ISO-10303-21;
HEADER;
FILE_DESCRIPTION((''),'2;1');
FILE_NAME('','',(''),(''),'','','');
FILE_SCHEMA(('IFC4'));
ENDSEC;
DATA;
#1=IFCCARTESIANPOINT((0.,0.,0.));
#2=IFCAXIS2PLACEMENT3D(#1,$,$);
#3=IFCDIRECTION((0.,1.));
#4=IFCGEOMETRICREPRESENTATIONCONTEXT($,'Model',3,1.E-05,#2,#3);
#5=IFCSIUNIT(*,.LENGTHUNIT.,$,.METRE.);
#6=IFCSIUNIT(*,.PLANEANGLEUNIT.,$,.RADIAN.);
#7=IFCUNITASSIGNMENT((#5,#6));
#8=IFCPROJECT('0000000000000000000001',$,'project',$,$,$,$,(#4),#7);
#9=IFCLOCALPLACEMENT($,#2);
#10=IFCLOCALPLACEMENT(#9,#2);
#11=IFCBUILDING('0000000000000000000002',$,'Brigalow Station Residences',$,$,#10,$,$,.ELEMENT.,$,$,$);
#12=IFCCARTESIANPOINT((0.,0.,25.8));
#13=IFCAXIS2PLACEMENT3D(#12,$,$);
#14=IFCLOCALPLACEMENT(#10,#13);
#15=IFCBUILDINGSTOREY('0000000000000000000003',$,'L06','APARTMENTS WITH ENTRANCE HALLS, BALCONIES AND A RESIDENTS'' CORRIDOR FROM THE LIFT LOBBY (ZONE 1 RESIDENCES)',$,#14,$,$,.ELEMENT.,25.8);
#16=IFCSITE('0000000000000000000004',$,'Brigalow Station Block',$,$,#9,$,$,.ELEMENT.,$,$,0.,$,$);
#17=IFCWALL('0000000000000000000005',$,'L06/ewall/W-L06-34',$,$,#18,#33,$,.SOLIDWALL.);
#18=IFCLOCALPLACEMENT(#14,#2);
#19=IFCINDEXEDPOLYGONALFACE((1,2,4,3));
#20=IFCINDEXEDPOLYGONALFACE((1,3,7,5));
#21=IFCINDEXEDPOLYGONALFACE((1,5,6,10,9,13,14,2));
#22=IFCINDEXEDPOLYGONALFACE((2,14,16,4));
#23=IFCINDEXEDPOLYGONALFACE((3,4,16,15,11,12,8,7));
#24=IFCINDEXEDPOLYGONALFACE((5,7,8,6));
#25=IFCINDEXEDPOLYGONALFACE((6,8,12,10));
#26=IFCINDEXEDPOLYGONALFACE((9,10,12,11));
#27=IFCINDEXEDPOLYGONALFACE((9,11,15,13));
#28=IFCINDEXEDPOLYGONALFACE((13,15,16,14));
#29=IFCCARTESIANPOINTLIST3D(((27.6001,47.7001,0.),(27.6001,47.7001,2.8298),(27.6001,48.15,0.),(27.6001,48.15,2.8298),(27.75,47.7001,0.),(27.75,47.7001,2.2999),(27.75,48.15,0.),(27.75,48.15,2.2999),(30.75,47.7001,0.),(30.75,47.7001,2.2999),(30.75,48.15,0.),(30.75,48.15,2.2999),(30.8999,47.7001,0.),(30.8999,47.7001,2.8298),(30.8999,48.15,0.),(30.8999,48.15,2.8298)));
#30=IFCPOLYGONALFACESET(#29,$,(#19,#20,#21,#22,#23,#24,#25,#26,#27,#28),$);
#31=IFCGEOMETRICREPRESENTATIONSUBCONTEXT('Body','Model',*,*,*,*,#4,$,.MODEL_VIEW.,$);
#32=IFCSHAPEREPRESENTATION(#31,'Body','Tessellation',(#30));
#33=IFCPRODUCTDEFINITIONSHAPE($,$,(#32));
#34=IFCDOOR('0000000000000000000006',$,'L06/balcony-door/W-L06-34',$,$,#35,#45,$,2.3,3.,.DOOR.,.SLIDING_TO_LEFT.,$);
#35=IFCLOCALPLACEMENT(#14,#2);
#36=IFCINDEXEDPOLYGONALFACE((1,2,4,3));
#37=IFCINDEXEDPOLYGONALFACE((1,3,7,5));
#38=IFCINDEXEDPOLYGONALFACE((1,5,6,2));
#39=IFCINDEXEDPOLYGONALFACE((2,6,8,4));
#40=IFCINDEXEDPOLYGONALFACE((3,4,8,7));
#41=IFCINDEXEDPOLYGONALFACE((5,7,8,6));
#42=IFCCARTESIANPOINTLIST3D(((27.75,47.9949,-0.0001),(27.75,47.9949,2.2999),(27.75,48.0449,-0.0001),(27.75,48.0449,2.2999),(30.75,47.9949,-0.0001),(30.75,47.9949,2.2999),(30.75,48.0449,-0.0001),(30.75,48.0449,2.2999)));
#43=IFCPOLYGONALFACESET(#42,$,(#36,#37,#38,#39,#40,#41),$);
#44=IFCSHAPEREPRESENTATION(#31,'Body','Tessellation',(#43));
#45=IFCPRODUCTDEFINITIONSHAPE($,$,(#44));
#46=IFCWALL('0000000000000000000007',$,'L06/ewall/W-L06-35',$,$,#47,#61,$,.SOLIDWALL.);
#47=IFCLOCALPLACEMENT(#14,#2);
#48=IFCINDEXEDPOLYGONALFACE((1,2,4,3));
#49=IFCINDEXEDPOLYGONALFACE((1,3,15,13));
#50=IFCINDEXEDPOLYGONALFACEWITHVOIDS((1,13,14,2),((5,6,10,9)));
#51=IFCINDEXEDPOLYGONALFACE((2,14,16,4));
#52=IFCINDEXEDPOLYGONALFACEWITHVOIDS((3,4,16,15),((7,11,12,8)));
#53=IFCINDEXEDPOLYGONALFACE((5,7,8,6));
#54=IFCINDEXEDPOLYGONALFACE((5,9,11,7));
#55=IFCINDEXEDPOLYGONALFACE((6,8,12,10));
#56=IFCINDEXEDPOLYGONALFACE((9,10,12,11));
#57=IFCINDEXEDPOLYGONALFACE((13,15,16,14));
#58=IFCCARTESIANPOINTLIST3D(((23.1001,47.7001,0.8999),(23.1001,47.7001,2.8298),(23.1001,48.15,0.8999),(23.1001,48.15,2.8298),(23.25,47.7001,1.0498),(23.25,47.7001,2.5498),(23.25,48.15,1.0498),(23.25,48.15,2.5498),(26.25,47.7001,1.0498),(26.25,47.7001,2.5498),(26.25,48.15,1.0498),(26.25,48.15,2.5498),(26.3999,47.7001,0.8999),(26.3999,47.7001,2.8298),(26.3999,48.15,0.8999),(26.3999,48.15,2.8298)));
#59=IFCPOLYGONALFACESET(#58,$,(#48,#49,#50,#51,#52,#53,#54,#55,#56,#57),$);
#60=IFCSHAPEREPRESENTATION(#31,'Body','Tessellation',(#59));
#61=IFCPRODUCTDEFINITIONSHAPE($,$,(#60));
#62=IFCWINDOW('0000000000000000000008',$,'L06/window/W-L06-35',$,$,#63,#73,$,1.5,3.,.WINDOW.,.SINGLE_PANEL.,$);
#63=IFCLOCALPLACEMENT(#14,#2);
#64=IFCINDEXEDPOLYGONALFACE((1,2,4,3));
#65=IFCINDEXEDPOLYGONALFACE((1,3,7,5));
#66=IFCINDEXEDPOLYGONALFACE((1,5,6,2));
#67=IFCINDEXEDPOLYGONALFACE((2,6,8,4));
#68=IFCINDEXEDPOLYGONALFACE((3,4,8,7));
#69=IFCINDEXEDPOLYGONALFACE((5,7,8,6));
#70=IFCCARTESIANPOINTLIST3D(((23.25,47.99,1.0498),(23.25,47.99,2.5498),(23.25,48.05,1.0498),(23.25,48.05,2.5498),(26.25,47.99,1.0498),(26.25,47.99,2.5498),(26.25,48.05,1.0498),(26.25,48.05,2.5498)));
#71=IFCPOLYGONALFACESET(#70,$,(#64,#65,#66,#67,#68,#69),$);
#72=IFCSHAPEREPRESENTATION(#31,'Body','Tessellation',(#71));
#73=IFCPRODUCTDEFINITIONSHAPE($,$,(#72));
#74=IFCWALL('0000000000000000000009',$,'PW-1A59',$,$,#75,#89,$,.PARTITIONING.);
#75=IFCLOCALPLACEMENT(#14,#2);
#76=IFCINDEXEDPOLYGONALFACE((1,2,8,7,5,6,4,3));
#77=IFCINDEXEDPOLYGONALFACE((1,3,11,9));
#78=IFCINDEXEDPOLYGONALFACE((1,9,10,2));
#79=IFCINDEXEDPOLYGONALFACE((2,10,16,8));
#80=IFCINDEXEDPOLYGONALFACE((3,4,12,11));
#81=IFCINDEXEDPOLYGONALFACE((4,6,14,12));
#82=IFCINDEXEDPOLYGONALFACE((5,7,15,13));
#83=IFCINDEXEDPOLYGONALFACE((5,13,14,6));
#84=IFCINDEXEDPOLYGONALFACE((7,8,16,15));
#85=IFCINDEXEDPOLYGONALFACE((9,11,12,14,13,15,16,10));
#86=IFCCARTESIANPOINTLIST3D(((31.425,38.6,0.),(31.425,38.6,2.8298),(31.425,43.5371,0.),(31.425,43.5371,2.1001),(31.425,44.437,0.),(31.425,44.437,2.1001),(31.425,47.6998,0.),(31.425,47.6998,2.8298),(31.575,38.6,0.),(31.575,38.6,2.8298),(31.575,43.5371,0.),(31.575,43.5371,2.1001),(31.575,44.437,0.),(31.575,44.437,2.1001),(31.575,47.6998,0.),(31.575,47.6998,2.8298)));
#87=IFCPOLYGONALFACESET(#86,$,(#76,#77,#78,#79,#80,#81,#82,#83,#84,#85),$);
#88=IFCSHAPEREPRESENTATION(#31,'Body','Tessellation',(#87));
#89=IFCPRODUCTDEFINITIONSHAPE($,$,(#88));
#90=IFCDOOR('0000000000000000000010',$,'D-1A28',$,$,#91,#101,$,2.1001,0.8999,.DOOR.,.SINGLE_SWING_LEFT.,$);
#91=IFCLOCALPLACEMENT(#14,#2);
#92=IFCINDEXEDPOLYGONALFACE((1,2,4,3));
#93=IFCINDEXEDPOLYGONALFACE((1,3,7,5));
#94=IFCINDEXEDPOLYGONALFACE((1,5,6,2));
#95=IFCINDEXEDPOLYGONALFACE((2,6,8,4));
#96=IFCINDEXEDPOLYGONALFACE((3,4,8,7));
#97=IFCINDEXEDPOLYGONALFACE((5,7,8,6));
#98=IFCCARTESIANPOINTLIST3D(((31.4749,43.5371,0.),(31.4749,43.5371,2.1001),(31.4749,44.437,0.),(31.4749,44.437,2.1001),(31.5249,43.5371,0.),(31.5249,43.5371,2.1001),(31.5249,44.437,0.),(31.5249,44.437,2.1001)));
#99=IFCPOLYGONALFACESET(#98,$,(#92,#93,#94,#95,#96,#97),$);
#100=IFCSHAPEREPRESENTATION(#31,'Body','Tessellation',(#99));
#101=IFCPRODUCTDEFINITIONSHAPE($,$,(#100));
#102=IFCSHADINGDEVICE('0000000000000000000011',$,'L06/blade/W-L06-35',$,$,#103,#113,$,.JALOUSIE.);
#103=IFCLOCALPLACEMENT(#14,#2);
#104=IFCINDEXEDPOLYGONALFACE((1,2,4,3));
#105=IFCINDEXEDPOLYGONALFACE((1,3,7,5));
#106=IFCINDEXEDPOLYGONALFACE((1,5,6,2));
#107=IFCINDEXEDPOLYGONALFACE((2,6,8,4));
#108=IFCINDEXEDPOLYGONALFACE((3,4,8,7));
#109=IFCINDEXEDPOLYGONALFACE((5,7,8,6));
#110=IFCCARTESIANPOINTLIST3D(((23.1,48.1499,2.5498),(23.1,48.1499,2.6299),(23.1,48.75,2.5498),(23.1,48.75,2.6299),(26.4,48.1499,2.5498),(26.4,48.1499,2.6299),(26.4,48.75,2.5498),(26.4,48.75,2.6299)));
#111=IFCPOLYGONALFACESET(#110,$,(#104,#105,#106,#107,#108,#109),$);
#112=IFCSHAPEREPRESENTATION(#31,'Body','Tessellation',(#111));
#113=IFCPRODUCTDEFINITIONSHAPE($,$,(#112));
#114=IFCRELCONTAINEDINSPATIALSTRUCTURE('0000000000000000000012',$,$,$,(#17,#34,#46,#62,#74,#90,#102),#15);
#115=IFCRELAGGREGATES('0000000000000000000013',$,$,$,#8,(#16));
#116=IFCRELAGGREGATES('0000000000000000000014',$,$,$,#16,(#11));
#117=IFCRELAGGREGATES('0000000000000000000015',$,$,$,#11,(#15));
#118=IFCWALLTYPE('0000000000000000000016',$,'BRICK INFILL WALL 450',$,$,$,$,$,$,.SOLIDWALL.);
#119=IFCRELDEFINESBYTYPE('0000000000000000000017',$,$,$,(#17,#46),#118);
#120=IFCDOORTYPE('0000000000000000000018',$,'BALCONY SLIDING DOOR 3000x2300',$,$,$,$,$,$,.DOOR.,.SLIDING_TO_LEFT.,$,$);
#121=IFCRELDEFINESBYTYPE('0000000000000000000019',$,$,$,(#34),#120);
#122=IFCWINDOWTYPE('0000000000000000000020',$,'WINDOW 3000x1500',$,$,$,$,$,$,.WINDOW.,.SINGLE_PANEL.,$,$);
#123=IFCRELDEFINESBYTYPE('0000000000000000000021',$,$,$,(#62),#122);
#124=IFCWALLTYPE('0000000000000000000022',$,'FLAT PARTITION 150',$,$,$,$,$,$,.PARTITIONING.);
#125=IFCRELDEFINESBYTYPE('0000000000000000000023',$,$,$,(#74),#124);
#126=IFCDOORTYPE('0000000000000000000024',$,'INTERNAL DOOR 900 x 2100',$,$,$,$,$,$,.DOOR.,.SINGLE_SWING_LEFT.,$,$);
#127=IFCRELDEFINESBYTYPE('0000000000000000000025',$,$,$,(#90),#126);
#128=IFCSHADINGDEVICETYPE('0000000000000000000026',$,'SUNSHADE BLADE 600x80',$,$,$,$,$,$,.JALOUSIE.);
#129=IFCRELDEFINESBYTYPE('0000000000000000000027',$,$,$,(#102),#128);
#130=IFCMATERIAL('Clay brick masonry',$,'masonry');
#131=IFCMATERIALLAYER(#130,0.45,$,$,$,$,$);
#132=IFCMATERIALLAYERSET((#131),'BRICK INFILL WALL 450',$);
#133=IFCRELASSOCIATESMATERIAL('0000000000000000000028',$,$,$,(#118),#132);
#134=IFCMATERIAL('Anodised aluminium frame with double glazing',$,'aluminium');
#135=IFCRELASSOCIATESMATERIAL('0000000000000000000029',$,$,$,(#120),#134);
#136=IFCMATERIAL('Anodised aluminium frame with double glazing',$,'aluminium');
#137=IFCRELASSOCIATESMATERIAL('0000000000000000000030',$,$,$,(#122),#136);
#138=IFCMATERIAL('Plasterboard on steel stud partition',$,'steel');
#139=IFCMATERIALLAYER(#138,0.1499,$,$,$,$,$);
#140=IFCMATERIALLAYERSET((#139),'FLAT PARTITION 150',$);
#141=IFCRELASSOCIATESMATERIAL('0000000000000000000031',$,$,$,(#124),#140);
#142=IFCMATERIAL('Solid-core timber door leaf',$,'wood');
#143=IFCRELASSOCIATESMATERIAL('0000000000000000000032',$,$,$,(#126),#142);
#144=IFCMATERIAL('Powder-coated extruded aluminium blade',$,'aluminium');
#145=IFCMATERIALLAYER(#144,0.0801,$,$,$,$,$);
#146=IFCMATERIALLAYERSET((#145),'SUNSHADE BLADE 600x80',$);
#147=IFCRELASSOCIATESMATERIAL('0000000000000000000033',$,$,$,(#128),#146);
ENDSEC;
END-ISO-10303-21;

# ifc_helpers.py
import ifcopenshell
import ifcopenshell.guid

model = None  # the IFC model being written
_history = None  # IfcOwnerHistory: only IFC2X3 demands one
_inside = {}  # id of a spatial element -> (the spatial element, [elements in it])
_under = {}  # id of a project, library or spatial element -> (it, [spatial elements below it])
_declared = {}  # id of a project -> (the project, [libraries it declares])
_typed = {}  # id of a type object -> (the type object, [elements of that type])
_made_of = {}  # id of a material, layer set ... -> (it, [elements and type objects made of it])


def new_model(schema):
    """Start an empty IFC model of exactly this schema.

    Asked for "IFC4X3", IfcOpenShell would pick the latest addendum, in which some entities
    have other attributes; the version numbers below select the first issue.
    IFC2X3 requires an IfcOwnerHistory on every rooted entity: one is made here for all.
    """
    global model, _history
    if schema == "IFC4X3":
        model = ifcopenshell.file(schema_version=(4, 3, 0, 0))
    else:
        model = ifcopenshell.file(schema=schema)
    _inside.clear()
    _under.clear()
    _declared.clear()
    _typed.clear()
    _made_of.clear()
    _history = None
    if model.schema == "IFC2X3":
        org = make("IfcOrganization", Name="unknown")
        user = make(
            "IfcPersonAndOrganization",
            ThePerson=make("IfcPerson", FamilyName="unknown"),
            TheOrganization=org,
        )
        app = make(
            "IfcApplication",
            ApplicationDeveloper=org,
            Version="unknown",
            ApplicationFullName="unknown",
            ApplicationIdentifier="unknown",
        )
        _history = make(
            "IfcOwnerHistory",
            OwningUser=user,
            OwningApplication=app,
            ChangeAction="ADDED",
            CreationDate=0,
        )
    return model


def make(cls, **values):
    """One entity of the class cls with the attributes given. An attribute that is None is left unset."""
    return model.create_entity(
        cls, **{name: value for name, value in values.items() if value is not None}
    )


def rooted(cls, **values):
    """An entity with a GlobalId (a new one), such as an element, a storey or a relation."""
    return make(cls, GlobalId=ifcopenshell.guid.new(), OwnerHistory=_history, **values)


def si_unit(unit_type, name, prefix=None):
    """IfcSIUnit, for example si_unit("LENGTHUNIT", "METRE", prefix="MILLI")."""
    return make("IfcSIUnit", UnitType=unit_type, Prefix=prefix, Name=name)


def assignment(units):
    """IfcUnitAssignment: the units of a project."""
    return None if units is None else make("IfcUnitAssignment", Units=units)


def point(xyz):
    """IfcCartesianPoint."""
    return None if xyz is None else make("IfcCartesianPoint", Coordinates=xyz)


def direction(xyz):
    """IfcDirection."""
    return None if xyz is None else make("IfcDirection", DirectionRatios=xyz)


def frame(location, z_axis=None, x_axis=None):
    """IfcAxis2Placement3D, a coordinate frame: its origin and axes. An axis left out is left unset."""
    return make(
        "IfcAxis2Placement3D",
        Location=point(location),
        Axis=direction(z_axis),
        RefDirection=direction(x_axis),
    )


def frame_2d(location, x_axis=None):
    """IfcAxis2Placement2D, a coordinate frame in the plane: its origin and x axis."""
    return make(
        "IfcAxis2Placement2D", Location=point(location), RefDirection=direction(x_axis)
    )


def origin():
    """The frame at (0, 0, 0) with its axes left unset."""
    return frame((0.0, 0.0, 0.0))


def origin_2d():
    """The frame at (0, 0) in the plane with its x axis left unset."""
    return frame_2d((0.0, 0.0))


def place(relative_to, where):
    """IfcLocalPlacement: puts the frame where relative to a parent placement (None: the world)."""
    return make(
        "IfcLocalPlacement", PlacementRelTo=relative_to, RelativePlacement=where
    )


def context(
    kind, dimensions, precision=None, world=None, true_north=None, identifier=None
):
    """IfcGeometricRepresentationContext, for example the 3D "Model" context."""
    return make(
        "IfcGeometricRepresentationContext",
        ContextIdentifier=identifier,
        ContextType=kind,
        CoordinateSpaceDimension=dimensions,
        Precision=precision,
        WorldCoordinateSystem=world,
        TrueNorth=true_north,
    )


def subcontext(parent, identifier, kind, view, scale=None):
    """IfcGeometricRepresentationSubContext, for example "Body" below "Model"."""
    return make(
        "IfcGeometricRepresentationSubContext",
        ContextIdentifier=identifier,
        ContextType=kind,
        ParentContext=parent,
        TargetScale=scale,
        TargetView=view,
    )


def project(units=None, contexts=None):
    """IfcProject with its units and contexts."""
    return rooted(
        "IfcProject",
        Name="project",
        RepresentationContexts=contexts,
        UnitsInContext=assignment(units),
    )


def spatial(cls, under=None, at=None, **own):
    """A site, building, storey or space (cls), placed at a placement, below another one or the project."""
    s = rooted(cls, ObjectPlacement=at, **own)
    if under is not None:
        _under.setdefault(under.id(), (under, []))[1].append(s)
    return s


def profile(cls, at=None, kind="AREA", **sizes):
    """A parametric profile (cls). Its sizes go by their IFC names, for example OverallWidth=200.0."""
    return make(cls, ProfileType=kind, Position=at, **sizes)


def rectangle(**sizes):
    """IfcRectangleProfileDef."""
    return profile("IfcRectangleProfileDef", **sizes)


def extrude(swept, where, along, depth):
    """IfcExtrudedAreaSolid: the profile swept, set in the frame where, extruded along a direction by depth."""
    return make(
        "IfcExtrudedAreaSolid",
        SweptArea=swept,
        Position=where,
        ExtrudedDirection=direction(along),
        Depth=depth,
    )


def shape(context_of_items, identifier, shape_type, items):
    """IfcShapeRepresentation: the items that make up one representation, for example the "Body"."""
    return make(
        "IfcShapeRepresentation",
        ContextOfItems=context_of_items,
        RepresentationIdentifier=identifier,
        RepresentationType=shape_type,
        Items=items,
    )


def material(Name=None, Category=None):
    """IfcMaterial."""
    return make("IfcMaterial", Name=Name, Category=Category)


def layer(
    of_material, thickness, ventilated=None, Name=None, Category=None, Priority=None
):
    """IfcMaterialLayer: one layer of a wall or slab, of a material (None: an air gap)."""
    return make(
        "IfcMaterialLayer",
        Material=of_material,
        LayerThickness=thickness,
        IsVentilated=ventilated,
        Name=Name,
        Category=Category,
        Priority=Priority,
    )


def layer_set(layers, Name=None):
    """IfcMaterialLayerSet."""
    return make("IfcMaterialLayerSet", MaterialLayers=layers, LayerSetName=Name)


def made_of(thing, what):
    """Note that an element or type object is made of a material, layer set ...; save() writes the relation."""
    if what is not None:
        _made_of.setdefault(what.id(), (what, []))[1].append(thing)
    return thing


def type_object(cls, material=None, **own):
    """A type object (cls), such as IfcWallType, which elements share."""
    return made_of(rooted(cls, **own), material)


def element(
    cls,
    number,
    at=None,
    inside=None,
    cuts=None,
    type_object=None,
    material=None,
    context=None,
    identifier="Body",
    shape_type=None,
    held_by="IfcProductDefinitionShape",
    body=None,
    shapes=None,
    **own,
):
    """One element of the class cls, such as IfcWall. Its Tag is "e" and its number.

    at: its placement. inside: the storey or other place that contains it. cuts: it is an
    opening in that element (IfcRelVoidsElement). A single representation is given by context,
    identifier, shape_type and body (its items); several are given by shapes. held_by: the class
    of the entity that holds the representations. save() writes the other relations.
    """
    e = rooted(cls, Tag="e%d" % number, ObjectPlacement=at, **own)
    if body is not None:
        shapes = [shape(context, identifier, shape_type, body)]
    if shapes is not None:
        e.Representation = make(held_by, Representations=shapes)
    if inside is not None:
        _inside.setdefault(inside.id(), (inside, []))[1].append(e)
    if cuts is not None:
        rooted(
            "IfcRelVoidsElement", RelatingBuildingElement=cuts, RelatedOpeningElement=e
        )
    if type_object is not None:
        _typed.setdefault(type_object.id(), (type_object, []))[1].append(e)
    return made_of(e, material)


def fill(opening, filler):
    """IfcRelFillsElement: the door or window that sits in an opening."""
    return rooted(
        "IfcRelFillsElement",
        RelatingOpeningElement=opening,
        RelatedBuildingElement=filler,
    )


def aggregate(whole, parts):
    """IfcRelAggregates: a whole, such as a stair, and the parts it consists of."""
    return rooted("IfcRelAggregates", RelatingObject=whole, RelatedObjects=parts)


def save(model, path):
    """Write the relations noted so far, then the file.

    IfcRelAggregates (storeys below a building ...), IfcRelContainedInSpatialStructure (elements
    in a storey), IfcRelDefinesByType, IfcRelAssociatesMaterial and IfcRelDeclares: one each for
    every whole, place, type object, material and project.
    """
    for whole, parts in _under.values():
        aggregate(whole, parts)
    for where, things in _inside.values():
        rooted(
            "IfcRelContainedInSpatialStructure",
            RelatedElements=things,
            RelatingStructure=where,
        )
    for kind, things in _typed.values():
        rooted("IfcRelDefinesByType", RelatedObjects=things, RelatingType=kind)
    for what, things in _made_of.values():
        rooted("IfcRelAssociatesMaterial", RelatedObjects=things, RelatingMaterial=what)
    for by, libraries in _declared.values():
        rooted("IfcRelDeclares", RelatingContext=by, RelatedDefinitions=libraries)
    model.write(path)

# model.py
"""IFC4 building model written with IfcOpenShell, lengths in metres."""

from ifc_helpers import new_model, si_unit, direction, frame, frame_2d, origin, origin_2d, place, context, subcontext, project, spatial, rectangle, extrude, material, layer, layer_set, type_object, element, fill, save


model = new_model("IFC4")

# Units and contexts
model_context = context("Model", 3, precision=1e-05, world=origin(), true_north=direction((0.0, 1.0)))
body_context = subcontext(model_context, "Body", "Model", "MODEL_VIEW")
ifc_project = project(units=[si_unit("LENGTHUNIT", "METRE"), si_unit("PLANEANGLEUNIT", "RADIAN")], contexts=[model_context])

# Site, building, storey
site_placement = place(None, origin())
site = spatial("IfcSite", under=ifc_project, at=site_placement, Name="Brigalow Station Block", CompositionType="ELEMENT", RefElevation=0.0)
building_placement = place(site_placement, origin())
building = spatial("IfcBuilding", under=site, at=building_placement, Name="Brigalow Station Residences", CompositionType="ELEMENT")
storey_placement = place(building_placement, frame((0.0, 0.0, 25.8)))
storey = spatial("IfcBuildingStorey", under=building, at=storey_placement, Name="L06", Description="APARTMENTS WITH ENTRANCE HALLS, BALCONIES AND A RESIDENTS' CORRIDOR FROM THE LIFT LOBBY (ZONE 1 RESIDENCES)", CompositionType="ELEMENT", Elevation=25.8)

# Wall, opening, door
ifc_material_1 = material(Name="Clay brick masonry", Category="masonry")
ifc_layer_1 = layer(ifc_material_1, 0.45)
ifc_layer_set_1 = layer_set([ifc_layer_1], Name="BRICK INFILL WALL 450")
wall_type_1 = type_object("IfcWallType", Name="BRICK INFILL WALL 450", PredefinedType="SOLIDWALL", material=ifc_layer_set_1)
ifc_material_2 = material(Name="Anodised aluminium frame with double glazing", Category="aluminium")
door_type_1 = type_object("IfcDoorType", Name="BALCONY SLIDING DOOR 3000x2300", OperationType="SLIDING_TO_LEFT", PredefinedType="DOOR", material=ifc_material_2)
wall_1_placement = place(storey_placement, frame((30.8999, 47.925, 0.0), z_axis=(0.0, 0.0, 1.0), x_axis=(-1.0, 0.0, 0.0)))
wall_1 = element("IfcWall", 1, at=wall_1_placement, inside=storey, type_object=wall_type_1, Name="L06/ewall/W-L06-34", PredefinedType="SOLIDWALL", context=body_context, shape_type="SweptSolid", body=[
    extrude(rectangle(XDim=3.2998, YDim=0.45, at=frame_2d((1.6499, 0.0))), origin(), (0.0, 0.0, 1.0), 2.8298),
])
opening_1_placement = place(wall_1_placement, frame((0.1499, 0.0, 0.0)))
opening_1 = element("IfcOpeningElement", 2, at=opening_1_placement, cuts=wall_1, PredefinedType="OPENING", context=body_context, shape_type="SweptSolid", body=[
    extrude(rectangle(XDim=3.0, YDim=2.3, at=frame_2d((1.5, 1.1499))), frame((0.0, 0.2349, 0.0), z_axis=(0.0, -1.0, 0.0), x_axis=(1.0, 0.0, 0.0)), (0.0, 0.0, 1.0), 0.47),
])
door_1_placement = place(opening_1_placement, origin())
door_1 = element("IfcDoor", 3, at=door_1_placement, inside=storey, type_object=door_type_1, Name="L06/balcony-door/W-L06-34", OperationType="SLIDING_TO_LEFT", OverallHeight=2.3, OverallWidth=3.0, PredefinedType="DOOR", context=body_context, shape_type="SweptSolid", body=[
    extrude(rectangle(XDim=3.0, YDim=2.3, at=frame_2d((1.5, 1.1499))), frame((0.0, -0.0698, 0.0), z_axis=(0.0, -1.0, 0.0), x_axis=(1.0, 0.0, 0.0)), (0.0, 0.0, 1.0), 0.05),
])
fill(opening_1, door_1)

# Wall, opening, window
wall_2_placement = place(storey_placement, frame((26.3999, 47.925, 0.8999), z_axis=(0.0, 0.0, 1.0), x_axis=(-1.0, 0.0, 0.0)))
wall_2 = element("IfcWall", 4, at=wall_2_placement, inside=storey, type_object=wall_type_1, Name="L06/ewall/W-L06-35", PredefinedType="SOLIDWALL", context=body_context, shape_type="SweptSolid", body=[
    extrude(rectangle(XDim=3.2998, YDim=0.45, at=frame_2d((1.6499, 0.0))), origin(), (0.0, 0.0, 1.0), 1.9299),
])
opening_2_placement = place(wall_2_placement, frame((0.1499, 0.0, 0.1499)))
opening_2 = element("IfcOpeningElement", 5, at=opening_2_placement, cuts=wall_2, PredefinedType="OPENING", context=body_context, shape_type="SweptSolid", body=[
    extrude(rectangle(XDim=3.0, YDim=1.5, at=frame_2d((1.5, 0.75))), frame((0.0, 0.2349, 0.0), z_axis=(0.0, -1.0, 0.0), x_axis=(1.0, 0.0, 0.0)), (0.0, 0.0, 1.0), 0.47),
])
ifc_material_3 = material(Name="Anodised aluminium frame with double glazing", Category="aluminium")
window_type = type_object("IfcWindowType", Name="WINDOW 3000x1500", PartitioningType="SINGLE_PANEL", PredefinedType="WINDOW", material=ifc_material_3)
window_placement = place(opening_2_placement, origin())
window = element("IfcWindow", 6, at=window_placement, inside=storey, type_object=window_type, Name="L06/window/W-L06-35", OverallHeight=1.5, OverallWidth=3.0, PartitioningType="SINGLE_PANEL", PredefinedType="WINDOW", context=body_context, shape_type="SweptSolid", body=[
    extrude(rectangle(XDim=3.0, YDim=1.5, at=frame_2d((1.5, 0.75))), frame((0.0, -0.0649, 0.0), z_axis=(0.0, -1.0, 0.0), x_axis=(1.0, 0.0, 0.0)), (0.0, 0.0, 1.0), 0.0601),
])
fill(opening_2, window)

# Wall, opening, door
ifc_material_4 = material(Name="Plasterboard on steel stud partition", Category="steel")
ifc_layer_2 = layer(ifc_material_4, 0.1499)
ifc_layer_set_2 = layer_set([ifc_layer_2], Name="FLAT PARTITION 150")
wall_type_2 = type_object("IfcWallType", Name="FLAT PARTITION 150", PredefinedType="PARTITIONING", material=ifc_layer_set_2)
wall_3_placement = place(storey_placement, frame((31.5, 38.6001, 0.0), z_axis=(0.0, 0.0, 1.0), x_axis=(0.0, 1.0, 0.0)))
wall_3 = element("IfcWall", 7, at=wall_3_placement, inside=storey, type_object=wall_type_2, Name="PW-1A59", PredefinedType="PARTITIONING", context=body_context, shape_type="SweptSolid", body=[
    extrude(rectangle(XDim=9.0999, YDim=0.1499, at=frame_2d((4.5498, 0.0))), origin(), (0.0, 0.0, 1.0), 2.8298),
])
opening_3_placement = place(wall_3_placement, frame((4.937, 0.0, 0.0)))
opening_3 = element("IfcOpeningElement", 8, at=opening_3_placement, cuts=wall_3, PredefinedType="OPENING", context=body_context, shape_type="SweptSolid", body=[
    extrude(rectangle(XDim=0.8999, YDim=2.1001, at=frame_2d((0.45, 1.05))), frame((0.0, 0.085, 0.0), z_axis=(0.0, -1.0, 0.0), x_axis=(1.0, 0.0, 0.0)), (0.0, 0.0, 1.0), 0.1699),
])
ifc_material_5 = material(Name="Solid-core timber door leaf", Category="wood")
door_type_2 = type_object("IfcDoorType", Name="INTERNAL DOOR 900 x 2100", OperationType="SINGLE_SWING_LEFT", PredefinedType="DOOR", material=ifc_material_5)
door_2_placement = place(opening_3_placement, frame((0.8999, 0.0, 0.0), z_axis=(0.0, 0.0, 1.0), x_axis=(-1.0, 0.0, 0.0)))
door_2 = element("IfcDoor", 9, at=door_2_placement, inside=storey, type_object=door_type_2, Name="D-1A28", OperationType="SINGLE_SWING_LEFT", OverallHeight=2.1001, OverallWidth=0.8999, PredefinedType="DOOR", context=body_context, shape_type="SweptSolid", body=[
    extrude(rectangle(XDim=0.8999, YDim=2.1001, at=frame_2d((0.45, 1.05))), frame((0.0, 0.0249, 0.0), z_axis=(0.0, -1.0, 0.0), x_axis=(1.0, 0.0, 0.0)), (0.0, 0.0, 1.0), 0.05),
])
fill(opening_3, door_2)

# Shading device
ifc_material_6 = material(Name="Powder-coated extruded aluminium blade", Category="aluminium")
ifc_layer_3 = layer(ifc_material_6, 0.0801)
ifc_layer_set_3 = layer_set([ifc_layer_3], Name="SUNSHADE BLADE 600x80")
shading_device_type = type_object("IfcShadingDeviceType", Name="SUNSHADE BLADE 600x80", PredefinedType="JALOUSIE", material=ifc_layer_set_3)
shading_device_placement = place(storey_placement, frame((24.75, 48.45, 2.5498), z_axis=(0.0, 0.0, 1.0), x_axis=(-1.0, 0.0, 0.0)))
element("IfcShadingDevice", 10, at=shading_device_placement, inside=storey, type_object=shading_device_type, Name="L06/blade/W-L06-35", PredefinedType="JALOUSIE", context=body_context, shape_type="SweptSolid", body=[
    extrude(rectangle(XDim=3.3, YDim=0.6001, at=origin_2d()), origin(), (0.0, 0.0, 1.0), 0.0801),
])

save(model, "model.ifc")
